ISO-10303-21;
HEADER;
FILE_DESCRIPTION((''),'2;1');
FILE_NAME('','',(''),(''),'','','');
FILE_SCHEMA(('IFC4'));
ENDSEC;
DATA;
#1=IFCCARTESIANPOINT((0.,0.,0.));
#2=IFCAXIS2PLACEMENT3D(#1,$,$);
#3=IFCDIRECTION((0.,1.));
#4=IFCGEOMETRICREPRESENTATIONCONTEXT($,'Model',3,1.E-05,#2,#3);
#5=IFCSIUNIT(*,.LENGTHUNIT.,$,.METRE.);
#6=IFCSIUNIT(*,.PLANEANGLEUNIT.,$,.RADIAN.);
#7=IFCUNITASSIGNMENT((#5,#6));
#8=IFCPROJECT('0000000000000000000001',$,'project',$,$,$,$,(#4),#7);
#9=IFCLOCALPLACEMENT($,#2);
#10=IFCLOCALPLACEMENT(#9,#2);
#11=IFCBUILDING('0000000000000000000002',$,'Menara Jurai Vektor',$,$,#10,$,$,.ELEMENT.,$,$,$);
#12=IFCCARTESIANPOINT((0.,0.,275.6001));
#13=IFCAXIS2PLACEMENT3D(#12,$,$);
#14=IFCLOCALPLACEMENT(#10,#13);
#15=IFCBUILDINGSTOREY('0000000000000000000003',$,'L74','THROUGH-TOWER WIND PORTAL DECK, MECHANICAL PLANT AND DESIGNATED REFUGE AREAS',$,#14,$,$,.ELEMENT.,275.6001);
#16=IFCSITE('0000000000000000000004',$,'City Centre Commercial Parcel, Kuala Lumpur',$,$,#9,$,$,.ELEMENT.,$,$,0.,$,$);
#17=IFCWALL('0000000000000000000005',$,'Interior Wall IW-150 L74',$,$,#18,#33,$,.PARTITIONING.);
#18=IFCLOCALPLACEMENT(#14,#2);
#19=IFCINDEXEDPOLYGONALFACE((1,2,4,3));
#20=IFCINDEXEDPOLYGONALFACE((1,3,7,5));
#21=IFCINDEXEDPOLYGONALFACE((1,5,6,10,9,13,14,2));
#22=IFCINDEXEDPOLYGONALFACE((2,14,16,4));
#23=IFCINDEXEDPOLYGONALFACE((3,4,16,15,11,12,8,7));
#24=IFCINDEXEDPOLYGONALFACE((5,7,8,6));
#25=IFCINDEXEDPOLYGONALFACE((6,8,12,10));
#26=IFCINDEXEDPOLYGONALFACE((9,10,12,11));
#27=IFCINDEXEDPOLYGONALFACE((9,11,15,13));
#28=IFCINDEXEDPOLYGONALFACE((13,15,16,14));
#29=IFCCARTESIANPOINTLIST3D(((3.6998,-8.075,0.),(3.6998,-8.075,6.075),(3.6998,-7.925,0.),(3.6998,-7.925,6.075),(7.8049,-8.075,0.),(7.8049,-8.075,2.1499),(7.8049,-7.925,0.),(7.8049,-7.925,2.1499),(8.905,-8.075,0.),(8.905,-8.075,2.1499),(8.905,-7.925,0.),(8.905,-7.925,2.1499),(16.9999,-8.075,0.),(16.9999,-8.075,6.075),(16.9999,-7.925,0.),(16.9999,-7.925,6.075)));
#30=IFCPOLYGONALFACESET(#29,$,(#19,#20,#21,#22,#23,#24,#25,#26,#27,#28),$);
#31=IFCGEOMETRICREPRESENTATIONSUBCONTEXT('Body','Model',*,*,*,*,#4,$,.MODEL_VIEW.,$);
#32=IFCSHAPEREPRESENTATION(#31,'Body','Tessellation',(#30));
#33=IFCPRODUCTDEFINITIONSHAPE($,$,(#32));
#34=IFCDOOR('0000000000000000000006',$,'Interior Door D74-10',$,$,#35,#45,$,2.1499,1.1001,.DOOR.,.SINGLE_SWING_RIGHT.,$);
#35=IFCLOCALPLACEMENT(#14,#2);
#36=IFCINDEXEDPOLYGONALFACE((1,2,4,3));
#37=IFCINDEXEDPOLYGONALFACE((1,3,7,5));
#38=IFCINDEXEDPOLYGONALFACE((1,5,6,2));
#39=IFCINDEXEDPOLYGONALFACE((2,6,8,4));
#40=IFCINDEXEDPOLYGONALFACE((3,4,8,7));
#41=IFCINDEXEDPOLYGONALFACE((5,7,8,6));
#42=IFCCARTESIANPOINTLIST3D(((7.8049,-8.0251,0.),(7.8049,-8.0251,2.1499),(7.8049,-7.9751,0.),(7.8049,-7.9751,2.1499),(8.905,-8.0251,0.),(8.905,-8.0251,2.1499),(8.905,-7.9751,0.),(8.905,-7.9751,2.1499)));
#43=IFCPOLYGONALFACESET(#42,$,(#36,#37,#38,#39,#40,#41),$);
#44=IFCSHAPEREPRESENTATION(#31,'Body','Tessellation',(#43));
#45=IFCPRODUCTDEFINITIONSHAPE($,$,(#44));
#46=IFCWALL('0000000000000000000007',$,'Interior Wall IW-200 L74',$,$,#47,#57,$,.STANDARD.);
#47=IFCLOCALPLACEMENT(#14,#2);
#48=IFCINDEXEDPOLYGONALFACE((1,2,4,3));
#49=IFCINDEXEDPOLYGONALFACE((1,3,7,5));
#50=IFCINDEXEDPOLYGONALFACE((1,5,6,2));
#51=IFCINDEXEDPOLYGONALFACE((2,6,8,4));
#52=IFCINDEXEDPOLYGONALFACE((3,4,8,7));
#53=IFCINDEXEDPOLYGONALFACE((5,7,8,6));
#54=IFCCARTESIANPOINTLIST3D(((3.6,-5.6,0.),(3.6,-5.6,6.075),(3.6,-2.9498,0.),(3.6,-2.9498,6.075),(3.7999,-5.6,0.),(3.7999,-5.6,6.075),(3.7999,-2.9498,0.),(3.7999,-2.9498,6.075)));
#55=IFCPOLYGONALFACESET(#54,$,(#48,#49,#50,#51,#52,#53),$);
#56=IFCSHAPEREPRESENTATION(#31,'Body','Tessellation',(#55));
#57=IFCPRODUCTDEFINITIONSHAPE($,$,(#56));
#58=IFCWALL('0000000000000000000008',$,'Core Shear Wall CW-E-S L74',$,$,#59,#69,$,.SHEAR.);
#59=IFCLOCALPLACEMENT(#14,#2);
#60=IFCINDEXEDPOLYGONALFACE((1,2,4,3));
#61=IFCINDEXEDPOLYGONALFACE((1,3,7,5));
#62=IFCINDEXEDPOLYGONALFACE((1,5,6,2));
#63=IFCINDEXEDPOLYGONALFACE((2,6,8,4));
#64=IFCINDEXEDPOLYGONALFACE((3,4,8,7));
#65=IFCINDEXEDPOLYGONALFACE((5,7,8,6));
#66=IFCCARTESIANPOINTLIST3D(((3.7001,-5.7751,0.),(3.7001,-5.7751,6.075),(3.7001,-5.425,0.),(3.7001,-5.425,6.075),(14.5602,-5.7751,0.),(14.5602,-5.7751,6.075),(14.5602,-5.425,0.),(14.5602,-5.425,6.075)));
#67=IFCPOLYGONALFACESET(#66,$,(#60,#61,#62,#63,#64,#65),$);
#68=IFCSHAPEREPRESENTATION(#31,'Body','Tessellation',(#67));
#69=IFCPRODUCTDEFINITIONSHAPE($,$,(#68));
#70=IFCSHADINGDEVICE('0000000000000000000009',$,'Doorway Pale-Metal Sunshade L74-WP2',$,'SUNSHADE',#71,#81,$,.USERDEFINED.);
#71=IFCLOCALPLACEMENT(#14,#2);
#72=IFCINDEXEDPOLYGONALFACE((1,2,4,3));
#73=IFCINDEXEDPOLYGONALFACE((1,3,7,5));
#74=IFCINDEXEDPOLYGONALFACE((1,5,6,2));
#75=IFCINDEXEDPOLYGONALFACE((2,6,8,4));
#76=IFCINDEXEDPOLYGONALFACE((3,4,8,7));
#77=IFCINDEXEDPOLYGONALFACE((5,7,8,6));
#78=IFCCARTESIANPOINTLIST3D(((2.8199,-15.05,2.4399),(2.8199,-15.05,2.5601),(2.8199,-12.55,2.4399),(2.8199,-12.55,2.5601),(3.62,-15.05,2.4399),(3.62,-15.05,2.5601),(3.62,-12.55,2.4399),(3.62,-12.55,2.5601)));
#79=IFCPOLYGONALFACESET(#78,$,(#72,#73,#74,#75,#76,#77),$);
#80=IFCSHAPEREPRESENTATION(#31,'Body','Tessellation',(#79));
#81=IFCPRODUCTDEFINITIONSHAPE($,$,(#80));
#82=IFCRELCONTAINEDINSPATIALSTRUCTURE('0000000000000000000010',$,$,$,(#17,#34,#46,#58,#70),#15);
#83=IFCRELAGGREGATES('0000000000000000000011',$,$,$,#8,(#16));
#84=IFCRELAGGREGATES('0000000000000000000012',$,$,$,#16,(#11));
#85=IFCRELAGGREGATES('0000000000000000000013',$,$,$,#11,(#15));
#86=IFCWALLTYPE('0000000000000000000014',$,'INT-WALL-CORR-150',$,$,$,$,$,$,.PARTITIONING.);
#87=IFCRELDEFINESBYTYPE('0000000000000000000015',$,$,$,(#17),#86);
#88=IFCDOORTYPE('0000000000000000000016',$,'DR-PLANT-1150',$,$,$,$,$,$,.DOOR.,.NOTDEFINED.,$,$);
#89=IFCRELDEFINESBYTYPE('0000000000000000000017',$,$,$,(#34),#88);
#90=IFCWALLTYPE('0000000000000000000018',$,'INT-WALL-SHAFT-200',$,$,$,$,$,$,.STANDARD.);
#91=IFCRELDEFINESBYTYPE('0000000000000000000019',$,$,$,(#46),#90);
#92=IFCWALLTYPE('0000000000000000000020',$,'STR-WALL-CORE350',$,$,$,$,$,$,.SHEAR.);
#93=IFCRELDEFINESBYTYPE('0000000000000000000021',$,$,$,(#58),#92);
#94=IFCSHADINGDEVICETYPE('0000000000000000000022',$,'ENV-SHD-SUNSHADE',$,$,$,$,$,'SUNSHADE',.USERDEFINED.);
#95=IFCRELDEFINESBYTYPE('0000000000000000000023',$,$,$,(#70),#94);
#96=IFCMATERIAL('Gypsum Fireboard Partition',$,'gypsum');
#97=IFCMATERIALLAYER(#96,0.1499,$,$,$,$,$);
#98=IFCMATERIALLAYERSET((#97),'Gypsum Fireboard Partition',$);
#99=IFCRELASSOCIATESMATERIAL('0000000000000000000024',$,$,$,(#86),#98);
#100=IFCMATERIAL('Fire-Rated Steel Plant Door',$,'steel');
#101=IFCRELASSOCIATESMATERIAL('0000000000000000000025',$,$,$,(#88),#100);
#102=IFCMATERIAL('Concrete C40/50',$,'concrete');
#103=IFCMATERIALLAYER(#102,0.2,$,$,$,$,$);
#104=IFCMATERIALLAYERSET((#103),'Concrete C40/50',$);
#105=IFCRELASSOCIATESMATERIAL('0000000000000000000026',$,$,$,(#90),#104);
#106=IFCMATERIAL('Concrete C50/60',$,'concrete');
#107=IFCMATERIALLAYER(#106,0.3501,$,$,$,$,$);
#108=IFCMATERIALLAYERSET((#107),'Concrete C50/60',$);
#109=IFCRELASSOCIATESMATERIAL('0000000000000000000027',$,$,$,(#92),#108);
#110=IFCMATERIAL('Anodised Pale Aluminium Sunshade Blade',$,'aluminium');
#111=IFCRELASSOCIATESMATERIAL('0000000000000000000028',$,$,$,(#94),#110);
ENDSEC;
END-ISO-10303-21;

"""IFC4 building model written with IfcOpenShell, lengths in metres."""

from ifc_helpers import new_model, si_unit, direction, frame, frame_2d, origin, origin_2d, place, context, subcontext, project, spatial, rectangle, extrude, material, layer, layer_set, type_object, element, fill, save


model = new_model("IFC4")

# Units and contexts
model_context = context("Model", 3, precision=1e-05, world=origin(), true_north=direction((0.0, 1.0)))
body_context = subcontext(model_context, "Body", "Model", "MODEL_VIEW")
ifc_project = project(units=[si_unit("LENGTHUNIT", "METRE"), si_unit("PLANEANGLEUNIT", "RADIAN")], contexts=[model_context])

# Site, building, storey
site_placement = place(None, origin())
site = spatial("IfcSite", under=ifc_project, at=site_placement, Name="City Centre Commercial Parcel, Kuala Lumpur", CompositionType="ELEMENT", RefElevation=0.0)
building_placement = place(site_placement, origin())
building = spatial("IfcBuilding", under=site, at=building_placement, Name="Menara Jurai Vektor", CompositionType="ELEMENT")
storey_placement = place(building_placement, frame((0.0, 0.0, 275.6001)))
storey = spatial("IfcBuildingStorey", under=building, at=storey_placement, Name="L74", Description="THROUGH-TOWER WIND PORTAL DECK, MECHANICAL PLANT AND DESIGNATED REFUGE AREAS", CompositionType="ELEMENT", Elevation=275.6001)

# Shared definitions
ifc_material_1 = material(Name="Concrete C50/60", Category="concrete")

# Wall, opening, door
ifc_material_2 = material(Name="Gypsum Fireboard Partition", Category="gypsum")
ifc_layer_1 = layer(ifc_material_2, 0.1499)
ifc_layer_set_1 = layer_set([ifc_layer_1], Name="Gypsum Fireboard Partition")
wall_type_1 = type_object("IfcWallType", Name="INT-WALL-CORR-150", PredefinedType="PARTITIONING", material=ifc_layer_set_1)
wall_1_placement = place(storey_placement, frame((3.7, -8.0, 0.0), z_axis=(0.0, 0.0, 1.0), x_axis=(1.0, 0.0, 0.0)))
wall_1 = element("IfcWall", 1, at=wall_1_placement, inside=storey, type_object=wall_type_1, Name="Interior Wall IW-150 L74", PredefinedType="PARTITIONING", context=body_context, shape_type="SweptSolid", body=[
    extrude(rectangle(XDim=13.3, YDim=0.1499, at=frame_2d((6.6499, 0.0))), origin(), (0.0, 0.0, 1.0), 6.075),
])
opening_1_placement = place(wall_1_placement, frame((4.105, 0.0, 0.0)))
opening_1 = element("IfcOpeningElement", 2, at=opening_1_placement, cuts=wall_1, PredefinedType="OPENING", context=body_context, shape_type="SweptSolid", body=[
    extrude(rectangle(XDim=1.1001, YDim=2.1499, at=frame_2d((0.55, 1.075))), frame((0.0, 0.085, 0.0), z_axis=(0.0, -1.0, 0.0), x_axis=(1.0, 0.0, 0.0)), (0.0, 0.0, 1.0), 0.1699),
])
ifc_material_3 = material(Name="Fire-Rated Steel Plant Door", Category="steel")
door_type_1 = type_object("IfcDoorType", Name="DR-PLANT-1150", OperationType="NOTDEFINED", PredefinedType="DOOR", material=ifc_material_3)
door_1_placement = place(opening_1_placement, origin())
door_1 = element("IfcDoor", 3, at=door_1_placement, inside=storey, type_object=door_type_1, Name="Interior Door D74-10", OperationType="SINGLE_SWING_RIGHT", OverallHeight=2.1499, OverallWidth=1.1001, PredefinedType="DOOR", context=body_context, shape_type="SweptSolid", body=[
    extrude(rectangle(XDim=1.1001, YDim=2.1499, at=frame_2d((0.55, 1.075))), frame((0.0, 0.0249, 0.0), z_axis=(0.0, -1.0, 0.0), x_axis=(1.0, 0.0, 0.0)), (0.0, 0.0, 1.0), 0.05),
])
fill(opening_1, door_1)

# Walls
ifc_material_4 = material(Name="Concrete C40/50", Category="concrete")
ifc_layer_2 = layer(ifc_material_4, 0.2)
ifc_layer_set_2 = layer_set([ifc_layer_2], Name="Concrete C40/50")
wall_type_2 = type_object("IfcWallType", Name="INT-WALL-SHAFT-200", PredefinedType="STANDARD", material=ifc_layer_set_2)
wall_2_placement = place(storey_placement, frame((3.7, -5.6001, 0.0), z_axis=(0.0, 0.0, 1.0), x_axis=(0.0, 1.0, 0.0)))
element("IfcWall", 4, at=wall_2_placement, inside=storey, type_object=wall_type_2, Name="Interior Wall IW-200 L74", PredefinedType="STANDARD", context=body_context, shape_type="SweptSolid", body=[
    extrude(rectangle(XDim=2.6501, YDim=0.2, at=frame_2d((1.3252, 0.0))), origin(), (0.0, 0.0, 1.0), 6.075),
])
ifc_layer_3 = layer(ifc_material_1, 0.3501)
ifc_layer_set_3 = layer_set([ifc_layer_3], Name="Concrete C50/60")
wall_type_3 = type_object("IfcWallType", Name="STR-WALL-CORE350", PredefinedType="SHEAR", material=ifc_layer_set_3)
wall_3_placement = place(storey_placement, frame((3.7, -5.6001, 0.0), z_axis=(0.0, 0.0, 1.0), x_axis=(1.0, 0.0, 0.0)))
element("IfcWall", 5, at=wall_3_placement, inside=storey, type_object=wall_type_3, Name="Core Shear Wall CW-E-S L74", PredefinedType="SHEAR", context=body_context, shape_type="SweptSolid", body=[
    extrude(rectangle(XDim=10.8601, YDim=0.3501, at=frame_2d((5.4302, 0.0))), origin(), (0.0, 0.0, 1.0), 6.075),
])

# Shading device
ifc_material_5 = material(Name="Anodised Pale Aluminium Sunshade Blade", Category="aluminium")
shading_device_type = type_object("IfcShadingDeviceType", Name="ENV-SHD-SUNSHADE", ElementType="SUNSHADE", PredefinedType="USERDEFINED", material=ifc_material_5)
shading_device_placement = place(storey_placement, frame((3.22, -13.8, 2.4399), z_axis=(0.0, 0.0, 1.0), x_axis=(0.0, 1.0, 0.0)))
element("IfcShadingDevice", 6, at=shading_device_placement, inside=storey, type_object=shading_device_type, Name="Doorway Pale-Metal Sunshade L74-WP2", ObjectType="SUNSHADE", PredefinedType="USERDEFINED", context=body_context, shape_type="SweptSolid", body=[
    extrude(rectangle(XDim=2.5, YDim=0.8, at=origin_2d()), origin(), (0.0, 0.0, 1.0), 0.1201),
])

save(model, "model.ifc")
